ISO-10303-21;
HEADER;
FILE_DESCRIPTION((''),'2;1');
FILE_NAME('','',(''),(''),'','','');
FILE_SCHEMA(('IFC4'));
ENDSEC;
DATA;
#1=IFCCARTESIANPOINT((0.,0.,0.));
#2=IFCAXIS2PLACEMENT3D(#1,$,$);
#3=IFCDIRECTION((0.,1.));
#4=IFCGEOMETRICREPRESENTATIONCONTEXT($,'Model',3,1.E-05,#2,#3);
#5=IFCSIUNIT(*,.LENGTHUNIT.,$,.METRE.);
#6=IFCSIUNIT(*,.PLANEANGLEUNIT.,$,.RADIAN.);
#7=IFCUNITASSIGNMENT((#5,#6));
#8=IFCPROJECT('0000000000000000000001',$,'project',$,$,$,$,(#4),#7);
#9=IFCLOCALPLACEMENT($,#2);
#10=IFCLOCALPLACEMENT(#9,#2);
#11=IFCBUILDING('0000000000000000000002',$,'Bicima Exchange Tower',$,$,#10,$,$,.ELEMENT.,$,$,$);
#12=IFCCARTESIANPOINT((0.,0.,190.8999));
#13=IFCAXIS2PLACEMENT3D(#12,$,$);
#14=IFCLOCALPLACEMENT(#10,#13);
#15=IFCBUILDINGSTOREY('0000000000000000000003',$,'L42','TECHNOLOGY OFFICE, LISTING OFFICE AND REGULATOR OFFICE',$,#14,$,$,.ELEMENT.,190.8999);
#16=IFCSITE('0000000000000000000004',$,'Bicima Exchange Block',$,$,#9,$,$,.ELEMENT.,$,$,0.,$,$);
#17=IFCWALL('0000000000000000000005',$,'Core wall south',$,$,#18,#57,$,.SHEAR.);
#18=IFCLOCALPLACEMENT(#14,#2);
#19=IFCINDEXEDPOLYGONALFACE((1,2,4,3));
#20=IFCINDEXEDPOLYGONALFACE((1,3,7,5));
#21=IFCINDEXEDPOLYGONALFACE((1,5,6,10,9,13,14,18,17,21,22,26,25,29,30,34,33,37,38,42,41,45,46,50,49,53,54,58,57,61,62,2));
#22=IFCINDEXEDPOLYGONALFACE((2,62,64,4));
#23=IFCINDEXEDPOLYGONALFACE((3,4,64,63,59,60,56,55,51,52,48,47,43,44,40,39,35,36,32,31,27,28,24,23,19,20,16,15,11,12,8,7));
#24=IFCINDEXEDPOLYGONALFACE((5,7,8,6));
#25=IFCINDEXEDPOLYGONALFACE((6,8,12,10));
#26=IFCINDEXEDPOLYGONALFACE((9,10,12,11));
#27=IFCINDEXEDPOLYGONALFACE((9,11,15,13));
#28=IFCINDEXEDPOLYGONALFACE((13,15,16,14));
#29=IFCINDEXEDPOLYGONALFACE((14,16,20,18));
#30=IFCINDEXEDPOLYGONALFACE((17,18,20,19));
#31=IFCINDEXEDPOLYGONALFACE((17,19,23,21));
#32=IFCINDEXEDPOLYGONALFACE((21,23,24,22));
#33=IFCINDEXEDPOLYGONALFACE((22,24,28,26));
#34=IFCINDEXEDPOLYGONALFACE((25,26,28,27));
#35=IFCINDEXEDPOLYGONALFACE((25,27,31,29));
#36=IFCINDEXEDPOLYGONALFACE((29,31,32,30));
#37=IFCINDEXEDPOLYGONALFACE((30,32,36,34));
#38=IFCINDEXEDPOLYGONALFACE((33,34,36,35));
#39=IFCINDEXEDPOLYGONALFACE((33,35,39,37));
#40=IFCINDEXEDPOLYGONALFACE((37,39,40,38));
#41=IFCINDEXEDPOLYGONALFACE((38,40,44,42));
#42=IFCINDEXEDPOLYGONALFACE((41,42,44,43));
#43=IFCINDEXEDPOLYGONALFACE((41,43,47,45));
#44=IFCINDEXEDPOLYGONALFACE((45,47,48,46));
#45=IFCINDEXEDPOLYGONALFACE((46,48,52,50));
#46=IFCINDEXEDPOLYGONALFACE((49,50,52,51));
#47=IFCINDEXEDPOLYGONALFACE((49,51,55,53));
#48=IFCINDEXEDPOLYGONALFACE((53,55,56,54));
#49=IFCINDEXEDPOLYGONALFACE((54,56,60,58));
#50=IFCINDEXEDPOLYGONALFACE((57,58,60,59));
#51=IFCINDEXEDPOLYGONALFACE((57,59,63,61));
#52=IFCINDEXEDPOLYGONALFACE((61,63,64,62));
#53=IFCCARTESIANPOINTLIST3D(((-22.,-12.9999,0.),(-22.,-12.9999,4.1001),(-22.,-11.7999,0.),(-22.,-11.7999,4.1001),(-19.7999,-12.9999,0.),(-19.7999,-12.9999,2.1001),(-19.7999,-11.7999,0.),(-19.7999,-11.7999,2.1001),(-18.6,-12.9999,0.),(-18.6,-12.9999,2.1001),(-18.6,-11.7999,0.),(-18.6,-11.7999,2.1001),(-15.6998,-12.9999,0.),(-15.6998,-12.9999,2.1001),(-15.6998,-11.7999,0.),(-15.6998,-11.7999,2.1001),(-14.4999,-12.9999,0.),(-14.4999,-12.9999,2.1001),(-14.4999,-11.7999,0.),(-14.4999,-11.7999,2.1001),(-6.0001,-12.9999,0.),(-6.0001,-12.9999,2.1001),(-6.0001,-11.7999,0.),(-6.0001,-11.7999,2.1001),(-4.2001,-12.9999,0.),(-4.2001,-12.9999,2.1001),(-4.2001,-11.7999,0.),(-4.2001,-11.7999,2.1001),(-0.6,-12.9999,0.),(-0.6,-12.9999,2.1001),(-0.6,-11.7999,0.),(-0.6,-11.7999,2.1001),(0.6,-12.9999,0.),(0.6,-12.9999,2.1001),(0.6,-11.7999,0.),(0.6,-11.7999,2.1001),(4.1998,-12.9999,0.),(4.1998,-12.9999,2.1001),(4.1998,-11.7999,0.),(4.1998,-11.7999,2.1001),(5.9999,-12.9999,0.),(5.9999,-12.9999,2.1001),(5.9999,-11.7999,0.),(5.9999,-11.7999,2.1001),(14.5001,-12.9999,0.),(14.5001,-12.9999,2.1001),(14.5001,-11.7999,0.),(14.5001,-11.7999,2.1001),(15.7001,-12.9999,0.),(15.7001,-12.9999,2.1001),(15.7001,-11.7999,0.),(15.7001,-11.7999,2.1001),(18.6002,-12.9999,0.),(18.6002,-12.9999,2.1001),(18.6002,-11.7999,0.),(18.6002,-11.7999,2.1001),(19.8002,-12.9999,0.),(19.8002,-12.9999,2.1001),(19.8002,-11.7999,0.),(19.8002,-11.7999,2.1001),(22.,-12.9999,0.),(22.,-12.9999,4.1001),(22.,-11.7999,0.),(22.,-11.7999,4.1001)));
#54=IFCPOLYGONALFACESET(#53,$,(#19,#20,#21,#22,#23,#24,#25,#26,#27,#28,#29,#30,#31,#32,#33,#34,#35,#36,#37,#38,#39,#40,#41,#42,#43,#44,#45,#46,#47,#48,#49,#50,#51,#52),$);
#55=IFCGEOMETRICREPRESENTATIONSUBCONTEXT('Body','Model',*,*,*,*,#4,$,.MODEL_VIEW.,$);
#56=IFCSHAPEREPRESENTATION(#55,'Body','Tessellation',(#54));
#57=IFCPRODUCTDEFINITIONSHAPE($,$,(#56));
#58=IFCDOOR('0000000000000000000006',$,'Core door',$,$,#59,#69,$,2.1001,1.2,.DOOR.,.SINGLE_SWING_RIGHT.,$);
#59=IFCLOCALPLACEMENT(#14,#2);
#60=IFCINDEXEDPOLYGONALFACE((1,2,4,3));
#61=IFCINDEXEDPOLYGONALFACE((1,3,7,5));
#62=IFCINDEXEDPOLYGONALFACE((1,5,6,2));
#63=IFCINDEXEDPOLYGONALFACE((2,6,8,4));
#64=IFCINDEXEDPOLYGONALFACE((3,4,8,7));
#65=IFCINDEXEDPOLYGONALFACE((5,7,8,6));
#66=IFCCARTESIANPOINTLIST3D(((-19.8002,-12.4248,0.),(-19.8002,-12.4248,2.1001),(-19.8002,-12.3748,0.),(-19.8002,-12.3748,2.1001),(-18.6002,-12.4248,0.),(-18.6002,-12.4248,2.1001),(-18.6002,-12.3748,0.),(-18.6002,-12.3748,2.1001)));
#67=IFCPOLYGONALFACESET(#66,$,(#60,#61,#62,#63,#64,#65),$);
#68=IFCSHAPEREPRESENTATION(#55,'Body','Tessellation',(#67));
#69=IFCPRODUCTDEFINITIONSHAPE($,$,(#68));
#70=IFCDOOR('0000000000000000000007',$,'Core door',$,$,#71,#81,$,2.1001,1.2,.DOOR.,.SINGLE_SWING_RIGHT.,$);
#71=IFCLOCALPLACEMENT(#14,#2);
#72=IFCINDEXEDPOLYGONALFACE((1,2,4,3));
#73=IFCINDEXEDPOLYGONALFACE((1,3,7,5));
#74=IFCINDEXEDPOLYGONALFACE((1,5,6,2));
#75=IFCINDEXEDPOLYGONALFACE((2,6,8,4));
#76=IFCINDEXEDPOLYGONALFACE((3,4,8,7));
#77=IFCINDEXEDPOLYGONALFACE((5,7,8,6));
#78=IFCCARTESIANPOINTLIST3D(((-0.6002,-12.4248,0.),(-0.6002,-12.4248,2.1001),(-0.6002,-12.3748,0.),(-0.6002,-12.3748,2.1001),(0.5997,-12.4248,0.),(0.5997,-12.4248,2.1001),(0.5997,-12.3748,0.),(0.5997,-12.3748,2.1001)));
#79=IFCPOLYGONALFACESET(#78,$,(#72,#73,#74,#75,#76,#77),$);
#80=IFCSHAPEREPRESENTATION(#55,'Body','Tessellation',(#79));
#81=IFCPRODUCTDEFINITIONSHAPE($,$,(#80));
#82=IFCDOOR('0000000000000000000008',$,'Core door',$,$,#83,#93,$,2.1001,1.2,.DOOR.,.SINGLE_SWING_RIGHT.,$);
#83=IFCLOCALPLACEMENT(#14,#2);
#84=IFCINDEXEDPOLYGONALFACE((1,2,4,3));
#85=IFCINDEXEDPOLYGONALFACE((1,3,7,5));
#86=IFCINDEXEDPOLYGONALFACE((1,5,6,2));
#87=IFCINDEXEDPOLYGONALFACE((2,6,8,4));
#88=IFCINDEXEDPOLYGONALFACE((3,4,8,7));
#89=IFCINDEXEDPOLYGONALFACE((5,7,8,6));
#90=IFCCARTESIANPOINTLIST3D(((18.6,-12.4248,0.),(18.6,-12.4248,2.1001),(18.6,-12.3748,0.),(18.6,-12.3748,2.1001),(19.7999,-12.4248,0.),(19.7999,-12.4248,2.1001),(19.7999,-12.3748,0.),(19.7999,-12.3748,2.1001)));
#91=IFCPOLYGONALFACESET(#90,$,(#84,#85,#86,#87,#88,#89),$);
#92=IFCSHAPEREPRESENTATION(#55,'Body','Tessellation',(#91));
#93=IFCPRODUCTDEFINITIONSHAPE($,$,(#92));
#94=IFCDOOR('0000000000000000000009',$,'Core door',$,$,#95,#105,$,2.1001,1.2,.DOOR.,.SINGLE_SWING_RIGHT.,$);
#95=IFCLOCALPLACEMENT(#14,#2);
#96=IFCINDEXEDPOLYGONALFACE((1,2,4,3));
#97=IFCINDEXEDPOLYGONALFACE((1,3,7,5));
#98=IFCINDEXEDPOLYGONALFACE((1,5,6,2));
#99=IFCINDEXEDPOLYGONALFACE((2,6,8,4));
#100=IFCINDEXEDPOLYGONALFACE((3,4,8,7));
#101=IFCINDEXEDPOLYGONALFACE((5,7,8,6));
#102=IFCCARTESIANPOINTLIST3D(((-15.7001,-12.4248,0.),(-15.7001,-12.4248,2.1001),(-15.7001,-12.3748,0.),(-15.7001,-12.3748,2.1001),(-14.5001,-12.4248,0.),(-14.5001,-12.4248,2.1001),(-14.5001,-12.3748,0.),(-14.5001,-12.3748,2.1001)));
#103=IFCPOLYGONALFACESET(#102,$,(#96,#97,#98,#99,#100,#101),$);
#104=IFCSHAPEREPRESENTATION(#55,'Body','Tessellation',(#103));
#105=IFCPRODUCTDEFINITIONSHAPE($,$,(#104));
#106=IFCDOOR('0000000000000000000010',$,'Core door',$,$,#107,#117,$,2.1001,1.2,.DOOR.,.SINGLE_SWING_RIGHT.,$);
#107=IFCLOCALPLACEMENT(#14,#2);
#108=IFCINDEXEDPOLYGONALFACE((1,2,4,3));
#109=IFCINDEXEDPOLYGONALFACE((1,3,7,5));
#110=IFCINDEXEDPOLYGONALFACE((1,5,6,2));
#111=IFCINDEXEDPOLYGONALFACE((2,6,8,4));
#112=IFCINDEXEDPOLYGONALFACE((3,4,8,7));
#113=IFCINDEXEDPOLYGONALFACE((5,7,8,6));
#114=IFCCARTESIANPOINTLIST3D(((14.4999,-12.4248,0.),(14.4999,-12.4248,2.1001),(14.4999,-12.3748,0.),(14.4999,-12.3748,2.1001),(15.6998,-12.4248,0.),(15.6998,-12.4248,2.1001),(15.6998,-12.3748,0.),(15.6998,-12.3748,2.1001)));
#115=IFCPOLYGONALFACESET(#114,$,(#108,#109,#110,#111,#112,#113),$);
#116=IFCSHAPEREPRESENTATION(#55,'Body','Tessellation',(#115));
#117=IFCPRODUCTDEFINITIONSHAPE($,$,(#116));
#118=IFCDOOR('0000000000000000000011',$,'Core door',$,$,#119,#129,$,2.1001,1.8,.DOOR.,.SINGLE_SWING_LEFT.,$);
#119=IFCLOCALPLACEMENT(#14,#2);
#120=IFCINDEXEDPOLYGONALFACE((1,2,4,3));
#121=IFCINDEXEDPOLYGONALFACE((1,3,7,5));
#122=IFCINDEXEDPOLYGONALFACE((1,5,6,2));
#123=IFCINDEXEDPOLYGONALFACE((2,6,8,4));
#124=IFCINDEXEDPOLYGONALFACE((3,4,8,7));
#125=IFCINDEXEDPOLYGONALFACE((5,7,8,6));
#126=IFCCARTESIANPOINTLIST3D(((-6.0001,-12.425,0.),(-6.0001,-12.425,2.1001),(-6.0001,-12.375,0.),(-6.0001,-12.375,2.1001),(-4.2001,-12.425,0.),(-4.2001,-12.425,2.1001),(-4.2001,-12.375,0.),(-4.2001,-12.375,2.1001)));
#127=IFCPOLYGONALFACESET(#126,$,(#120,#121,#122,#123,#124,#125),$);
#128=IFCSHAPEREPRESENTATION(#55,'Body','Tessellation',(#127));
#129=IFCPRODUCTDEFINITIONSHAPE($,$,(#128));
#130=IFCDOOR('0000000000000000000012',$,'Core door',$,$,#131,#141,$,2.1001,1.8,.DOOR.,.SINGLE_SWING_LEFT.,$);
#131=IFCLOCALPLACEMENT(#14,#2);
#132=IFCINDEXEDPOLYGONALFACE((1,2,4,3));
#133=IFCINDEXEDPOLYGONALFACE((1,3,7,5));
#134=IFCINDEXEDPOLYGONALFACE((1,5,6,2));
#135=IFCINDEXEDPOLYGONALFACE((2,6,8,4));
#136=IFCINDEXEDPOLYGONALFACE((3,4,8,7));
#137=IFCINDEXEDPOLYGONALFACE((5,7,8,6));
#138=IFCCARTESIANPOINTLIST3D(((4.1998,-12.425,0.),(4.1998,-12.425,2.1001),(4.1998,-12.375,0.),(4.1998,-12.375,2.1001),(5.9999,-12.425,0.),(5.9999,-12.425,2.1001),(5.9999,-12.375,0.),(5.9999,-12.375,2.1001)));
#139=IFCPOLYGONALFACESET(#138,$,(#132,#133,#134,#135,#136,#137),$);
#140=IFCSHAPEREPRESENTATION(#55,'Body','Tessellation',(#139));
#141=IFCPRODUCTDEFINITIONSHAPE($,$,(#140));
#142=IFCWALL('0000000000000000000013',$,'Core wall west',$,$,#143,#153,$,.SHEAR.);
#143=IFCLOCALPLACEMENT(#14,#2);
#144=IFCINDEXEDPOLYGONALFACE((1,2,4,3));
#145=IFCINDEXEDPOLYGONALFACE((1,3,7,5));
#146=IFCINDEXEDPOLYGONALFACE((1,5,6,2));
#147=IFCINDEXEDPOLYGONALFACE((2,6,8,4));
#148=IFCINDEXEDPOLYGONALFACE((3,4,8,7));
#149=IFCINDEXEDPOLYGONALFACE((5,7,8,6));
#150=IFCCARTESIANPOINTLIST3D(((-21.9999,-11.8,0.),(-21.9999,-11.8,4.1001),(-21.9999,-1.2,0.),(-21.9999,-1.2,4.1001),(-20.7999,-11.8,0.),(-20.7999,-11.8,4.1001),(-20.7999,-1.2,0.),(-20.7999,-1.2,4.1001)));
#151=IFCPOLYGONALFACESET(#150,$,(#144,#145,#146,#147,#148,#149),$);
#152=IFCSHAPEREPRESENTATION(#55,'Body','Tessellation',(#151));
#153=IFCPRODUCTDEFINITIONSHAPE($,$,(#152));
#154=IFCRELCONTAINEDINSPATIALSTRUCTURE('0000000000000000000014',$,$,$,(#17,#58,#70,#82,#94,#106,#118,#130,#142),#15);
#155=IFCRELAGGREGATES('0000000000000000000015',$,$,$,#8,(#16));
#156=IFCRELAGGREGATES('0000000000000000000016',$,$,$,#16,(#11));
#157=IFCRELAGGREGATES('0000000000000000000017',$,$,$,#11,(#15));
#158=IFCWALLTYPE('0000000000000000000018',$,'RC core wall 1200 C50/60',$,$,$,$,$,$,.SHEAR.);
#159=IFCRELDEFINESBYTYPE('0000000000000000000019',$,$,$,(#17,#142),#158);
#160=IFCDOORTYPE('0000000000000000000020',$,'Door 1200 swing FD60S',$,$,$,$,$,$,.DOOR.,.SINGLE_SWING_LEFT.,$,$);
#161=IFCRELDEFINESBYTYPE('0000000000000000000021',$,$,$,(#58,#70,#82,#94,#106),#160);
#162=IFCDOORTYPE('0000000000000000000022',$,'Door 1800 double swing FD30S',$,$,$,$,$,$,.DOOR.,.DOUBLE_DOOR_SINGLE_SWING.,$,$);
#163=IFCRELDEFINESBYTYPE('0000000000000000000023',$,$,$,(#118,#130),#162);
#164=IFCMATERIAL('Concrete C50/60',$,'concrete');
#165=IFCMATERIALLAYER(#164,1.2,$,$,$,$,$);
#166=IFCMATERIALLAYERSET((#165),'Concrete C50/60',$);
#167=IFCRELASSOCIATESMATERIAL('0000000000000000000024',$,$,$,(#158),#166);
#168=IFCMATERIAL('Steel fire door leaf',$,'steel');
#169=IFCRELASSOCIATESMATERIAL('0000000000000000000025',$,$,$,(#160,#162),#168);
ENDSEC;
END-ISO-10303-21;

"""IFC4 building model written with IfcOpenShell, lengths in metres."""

from ifc_helpers import new_model, si_unit, direction, frame, frame_2d, origin, place, context, subcontext, project, spatial, rectangle, extrude, material, layer, layer_set, type_object, element, fill, save


model = new_model("IFC4")

# Units and contexts
model_context = context("Model", 3, precision=1e-05, world=origin(), true_north=direction((0.0, 1.0)))
body_context = subcontext(model_context, "Body", "Model", "MODEL_VIEW")
ifc_project = project(units=[si_unit("LENGTHUNIT", "METRE"), si_unit("PLANEANGLEUNIT", "RADIAN")], contexts=[model_context])

# Site, building, storey
site_placement = place(None, origin())
site = spatial("IfcSite", under=ifc_project, at=site_placement, Name="Bicima Exchange Block", CompositionType="ELEMENT", RefElevation=0.0)
building_placement = place(site_placement, origin())
building = spatial("IfcBuilding", under=site, at=building_placement, Name="Bicima Exchange Tower", CompositionType="ELEMENT")
storey_placement = place(building_placement, frame((0.0, 0.0, 190.8999)))
storey = spatial("IfcBuildingStorey", under=building, at=storey_placement, Name="L42", Description="TECHNOLOGY OFFICE, LISTING OFFICE AND REGULATOR OFFICE", CompositionType="ELEMENT", Elevation=190.8999)

# Wall, openings, doors
ifc_material_1 = material(Name="Steel fire door leaf", Category="steel")
ifc_material_2 = material(Name="Concrete C50/60", Category="concrete")
ifc_layer_1 = layer(ifc_material_2, 1.2)
ifc_layer_set_1 = layer_set([ifc_layer_1], Name="Concrete C50/60")
wall_type_1 = type_object("IfcWallType", Name="RC core wall 1200 C50/60", PredefinedType="SHEAR", material=ifc_layer_set_1)
wall_1_placement = place(storey_placement, frame((-22.0, -12.3999, 0.0), z_axis=(0.0, 0.0, 1.0), x_axis=(1.0, 0.0, 0.0)))
wall_1 = element("IfcWall", 1, at=wall_1_placement, inside=storey, type_object=wall_type_1, Name="Core wall south", PredefinedType="SHEAR", context=body_context, shape_type="SweptSolid", body=[
    extrude(rectangle(XDim=44.0, YDim=1.2, at=frame_2d((22.0, 0.0))), origin(), (0.0, 0.0, 1.0), 4.1001),
])
opening_1_placement = place(wall_1_placement, frame((2.2, 0.0, 0.0)))
opening_1 = element("IfcOpeningElement", 2, at=opening_1_placement, cuts=wall_1, PredefinedType="OPENING", context=body_context, shape_type="SweptSolid", body=[
    extrude(rectangle(XDim=1.2, YDim=2.1001, at=frame_2d((0.6001, 1.05))), frame((0.0, 0.6118, 0.0), z_axis=(0.0, -1.0, 0.0), x_axis=(1.0, 0.0, 0.0)), (0.0, 0.0, 1.0), 1.2239),
])
opening_2_placement = place(wall_1_placement, frame((21.3999, 0.0, 0.0)))
opening_2 = element("IfcOpeningElement", 3, at=opening_2_placement, cuts=wall_1, PredefinedType="OPENING", context=body_context, shape_type="SweptSolid", body=[
    extrude(rectangle(XDim=1.2, YDim=2.1001, at=frame_2d((0.6001, 1.05))), frame((0.0, 0.6118, 0.0), z_axis=(0.0, -1.0, 0.0), x_axis=(1.0, 0.0, 0.0)), (0.0, 0.0, 1.0), 1.2239),
])
opening_3_placement = place(wall_1_placement, frame((40.6001, 0.0, 0.0)))
opening_3 = element("IfcOpeningElement", 4, at=opening_3_placement, cuts=wall_1, PredefinedType="OPENING", context=body_context, shape_type="SweptSolid", body=[
    extrude(rectangle(XDim=1.2, YDim=2.1001, at=frame_2d((0.6001, 1.05))), frame((0.0, 0.6118, 0.0), z_axis=(0.0, -1.0, 0.0), x_axis=(1.0, 0.0, 0.0)), (0.0, 0.0, 1.0), 1.2239),
])
opening_4_placement = place(wall_1_placement, frame((16.0, 0.0, 0.0)))
opening_4 = element("IfcOpeningElement", 5, at=opening_4_placement, cuts=wall_1, PredefinedType="OPENING", context=body_context, shape_type="SweptSolid", body=[
    extrude(rectangle(XDim=1.8, YDim=2.1001, at=frame_2d((0.8999, 1.05))), frame((0.0, 0.6118, 0.0), z_axis=(0.0, -1.0, 0.0), x_axis=(1.0, 0.0, 0.0)), (0.0, 0.0, 1.0), 1.2239),
])
opening_5_placement = place(wall_1_placement, frame((6.3, 0.0, 0.0)))
opening_5 = element("IfcOpeningElement", 6, at=opening_5_placement, cuts=wall_1, PredefinedType="OPENING", context=body_context, shape_type="SweptSolid", body=[
    extrude(rectangle(XDim=1.2, YDim=2.1001, at=frame_2d((0.6001, 1.05))), frame((0.0, 0.6118, 0.0), z_axis=(0.0, -1.0, 0.0), x_axis=(1.0, 0.0, 0.0)), (0.0, 0.0, 1.0), 1.2239),
])
opening_6_placement = place(wall_1_placement, frame((26.2, 0.0, 0.0)))
opening_6 = element("IfcOpeningElement", 7, at=opening_6_placement, cuts=wall_1, PredefinedType="OPENING", context=body_context, shape_type="SweptSolid", body=[
    extrude(rectangle(XDim=1.8, YDim=2.1001, at=frame_2d((0.8999, 1.05))), frame((0.0, 0.6118, 0.0), z_axis=(0.0, -1.0, 0.0), x_axis=(1.0, 0.0, 0.0)), (0.0, 0.0, 1.0), 1.2239),
])
opening_7_placement = place(wall_1_placement, frame((36.5, 0.0, 0.0)))
opening_7 = element("IfcOpeningElement", 8, at=opening_7_placement, cuts=wall_1, PredefinedType="OPENING", context=body_context, shape_type="SweptSolid", body=[
    extrude(rectangle(XDim=1.2, YDim=2.1001, at=frame_2d((0.6001, 1.05))), frame((0.0, 0.6118, 0.0), z_axis=(0.0, -1.0, 0.0), x_axis=(1.0, 0.0, 0.0)), (0.0, 0.0, 1.0), 1.2239),
])
door_type_1 = type_object("IfcDoorType", Name="Door 1200 swing FD60S", OperationType="SINGLE_SWING_LEFT", PredefinedType="DOOR", material=ifc_material_1)
door_1_placement = place(opening_1_placement, frame((1.2, 0.0, 0.0), z_axis=(0.0, 0.0, 1.0), x_axis=(-1.0, 0.0, 0.0)))
door_1 = element("IfcDoor", 9, at=door_1_placement, inside=storey, type_object=door_type_1, Name="Core door", OperationType="SINGLE_SWING_RIGHT", OverallHeight=2.1001, OverallWidth=1.2, PredefinedType="DOOR", context=body_context, shape_type="SweptSolid", body=[
    extrude(rectangle(XDim=1.2, YDim=2.1001, at=frame_2d((0.6001, 1.05))), frame((0.0, 0.0249, 0.0), z_axis=(0.0, -1.0, 0.0), x_axis=(1.0, 0.0, 0.0)), (0.0, 0.0, 1.0), 0.05),
])
fill(opening_1, door_1)
door_2_placement = place(opening_2_placement, frame((1.2, 0.0, 0.0), z_axis=(0.0, 0.0, 1.0), x_axis=(-1.0, 0.0, 0.0)))
door_2 = element("IfcDoor", 10, at=door_2_placement, inside=storey, type_object=door_type_1, Name="Core door", OperationType="SINGLE_SWING_RIGHT", OverallHeight=2.1001, OverallWidth=1.2, PredefinedType="DOOR", context=body_context, shape_type="SweptSolid", body=[
    extrude(rectangle(XDim=1.2, YDim=2.1001, at=frame_2d((0.6001, 1.05))), frame((0.0, 0.0249, 0.0), z_axis=(0.0, -1.0, 0.0), x_axis=(1.0, 0.0, 0.0)), (0.0, 0.0, 1.0), 0.05),
])
fill(opening_2, door_2)
door_3_placement = place(opening_3_placement, frame((1.2, 0.0, 0.0), z_axis=(0.0, 0.0, 1.0), x_axis=(-1.0, 0.0, 0.0)))
door_3 = element("IfcDoor", 11, at=door_3_placement, inside=storey, type_object=door_type_1, Name="Core door", OperationType="SINGLE_SWING_RIGHT", OverallHeight=2.1001, OverallWidth=1.2, PredefinedType="DOOR", context=body_context, shape_type="SweptSolid", body=[
    extrude(rectangle(XDim=1.2, YDim=2.1001, at=frame_2d((0.6001, 1.05))), frame((0.0, 0.0249, 0.0), z_axis=(0.0, -1.0, 0.0), x_axis=(1.0, 0.0, 0.0)), (0.0, 0.0, 1.0), 0.05),
])
fill(opening_3, door_3)
door_4_placement = place(opening_5_placement, frame((1.2, 0.0, 0.0), z_axis=(0.0, 0.0, 1.0), x_axis=(-1.0, 0.0, 0.0)))
door_4 = element("IfcDoor", 12, at=door_4_placement, inside=storey, type_object=door_type_1, Name="Core door", OperationType="SINGLE_SWING_RIGHT", OverallHeight=2.1001, OverallWidth=1.2, PredefinedType="DOOR", context=body_context, shape_type="SweptSolid", body=[
    extrude(rectangle(XDim=1.2, YDim=2.1001, at=frame_2d((0.6001, 1.05))), frame((0.0, 0.0249, 0.0), z_axis=(0.0, -1.0, 0.0), x_axis=(1.0, 0.0, 0.0)), (0.0, 0.0, 1.0), 0.05),
])
fill(opening_5, door_4)
door_5_placement = place(opening_7_placement, frame((1.2, 0.0, 0.0), z_axis=(0.0, 0.0, 1.0), x_axis=(-1.0, 0.0, 0.0)))
door_5 = element("IfcDoor", 13, at=door_5_placement, inside=storey, type_object=door_type_1, Name="Core door", OperationType="SINGLE_SWING_RIGHT", OverallHeight=2.1001, OverallWidth=1.2, PredefinedType="DOOR", context=body_context, shape_type="SweptSolid", body=[
    extrude(rectangle(XDim=1.2, YDim=2.1001, at=frame_2d((0.6001, 1.05))), frame((0.0, 0.0249, 0.0), z_axis=(0.0, -1.0, 0.0), x_axis=(1.0, 0.0, 0.0)), (0.0, 0.0, 1.0), 0.05),
])
fill(opening_7, door_5)
door_type_2 = type_object("IfcDoorType", Name="Door 1800 double swing FD30S", OperationType="DOUBLE_DOOR_SINGLE_SWING", PredefinedType="DOOR", material=ifc_material_1)
door_6_placement = place(opening_4_placement, origin())
door_6 = element("IfcDoor", 14, at=door_6_placement, inside=storey, type_object=door_type_2, Name="Core door", OperationType="SINGLE_SWING_LEFT", OverallHeight=2.1001, OverallWidth=1.8, PredefinedType="DOOR", context=body_context, shape_type="SweptSolid", body=[
    extrude(rectangle(XDim=1.8, YDim=2.1001, at=frame_2d((0.8999, 1.05))), frame((0.0, 0.0249, 0.0), z_axis=(0.0, -1.0, 0.0), x_axis=(1.0, 0.0, 0.0)), (0.0, 0.0, 1.0), 0.05),
])
fill(opening_4, door_6)
door_7_placement = place(opening_6_placement, origin())
door_7 = element("IfcDoor", 15, at=door_7_placement, inside=storey, type_object=door_type_2, Name="Core door", OperationType="SINGLE_SWING_LEFT", OverallHeight=2.1001, OverallWidth=1.8, PredefinedType="DOOR", context=body_context, shape_type="SweptSolid", body=[
    extrude(rectangle(XDim=1.8, YDim=2.1001, at=frame_2d((0.8999, 1.05))), frame((0.0, 0.0249, 0.0), z_axis=(0.0, -1.0, 0.0), x_axis=(1.0, 0.0, 0.0)), (0.0, 0.0, 1.0), 0.05),
])
fill(opening_6, door_7)

# Wall
wall_2_placement = place(storey_placement, frame((-21.3999, -11.8, 0.0), z_axis=(0.0, 0.0, 1.0), x_axis=(0.0, 1.0, 0.0)))
element("IfcWall", 16, at=wall_2_placement, inside=storey, type_object=wall_type_1, Name="Core wall west", PredefinedType="SHEAR", context=body_context, shape_type="SweptSolid", body=[
    extrude(rectangle(XDim=10.6001, YDim=1.2, at=frame_2d((5.3, 0.0))), origin(), (0.0, 0.0, 1.0), 4.1001),
])

save(model, "model.ifc")
